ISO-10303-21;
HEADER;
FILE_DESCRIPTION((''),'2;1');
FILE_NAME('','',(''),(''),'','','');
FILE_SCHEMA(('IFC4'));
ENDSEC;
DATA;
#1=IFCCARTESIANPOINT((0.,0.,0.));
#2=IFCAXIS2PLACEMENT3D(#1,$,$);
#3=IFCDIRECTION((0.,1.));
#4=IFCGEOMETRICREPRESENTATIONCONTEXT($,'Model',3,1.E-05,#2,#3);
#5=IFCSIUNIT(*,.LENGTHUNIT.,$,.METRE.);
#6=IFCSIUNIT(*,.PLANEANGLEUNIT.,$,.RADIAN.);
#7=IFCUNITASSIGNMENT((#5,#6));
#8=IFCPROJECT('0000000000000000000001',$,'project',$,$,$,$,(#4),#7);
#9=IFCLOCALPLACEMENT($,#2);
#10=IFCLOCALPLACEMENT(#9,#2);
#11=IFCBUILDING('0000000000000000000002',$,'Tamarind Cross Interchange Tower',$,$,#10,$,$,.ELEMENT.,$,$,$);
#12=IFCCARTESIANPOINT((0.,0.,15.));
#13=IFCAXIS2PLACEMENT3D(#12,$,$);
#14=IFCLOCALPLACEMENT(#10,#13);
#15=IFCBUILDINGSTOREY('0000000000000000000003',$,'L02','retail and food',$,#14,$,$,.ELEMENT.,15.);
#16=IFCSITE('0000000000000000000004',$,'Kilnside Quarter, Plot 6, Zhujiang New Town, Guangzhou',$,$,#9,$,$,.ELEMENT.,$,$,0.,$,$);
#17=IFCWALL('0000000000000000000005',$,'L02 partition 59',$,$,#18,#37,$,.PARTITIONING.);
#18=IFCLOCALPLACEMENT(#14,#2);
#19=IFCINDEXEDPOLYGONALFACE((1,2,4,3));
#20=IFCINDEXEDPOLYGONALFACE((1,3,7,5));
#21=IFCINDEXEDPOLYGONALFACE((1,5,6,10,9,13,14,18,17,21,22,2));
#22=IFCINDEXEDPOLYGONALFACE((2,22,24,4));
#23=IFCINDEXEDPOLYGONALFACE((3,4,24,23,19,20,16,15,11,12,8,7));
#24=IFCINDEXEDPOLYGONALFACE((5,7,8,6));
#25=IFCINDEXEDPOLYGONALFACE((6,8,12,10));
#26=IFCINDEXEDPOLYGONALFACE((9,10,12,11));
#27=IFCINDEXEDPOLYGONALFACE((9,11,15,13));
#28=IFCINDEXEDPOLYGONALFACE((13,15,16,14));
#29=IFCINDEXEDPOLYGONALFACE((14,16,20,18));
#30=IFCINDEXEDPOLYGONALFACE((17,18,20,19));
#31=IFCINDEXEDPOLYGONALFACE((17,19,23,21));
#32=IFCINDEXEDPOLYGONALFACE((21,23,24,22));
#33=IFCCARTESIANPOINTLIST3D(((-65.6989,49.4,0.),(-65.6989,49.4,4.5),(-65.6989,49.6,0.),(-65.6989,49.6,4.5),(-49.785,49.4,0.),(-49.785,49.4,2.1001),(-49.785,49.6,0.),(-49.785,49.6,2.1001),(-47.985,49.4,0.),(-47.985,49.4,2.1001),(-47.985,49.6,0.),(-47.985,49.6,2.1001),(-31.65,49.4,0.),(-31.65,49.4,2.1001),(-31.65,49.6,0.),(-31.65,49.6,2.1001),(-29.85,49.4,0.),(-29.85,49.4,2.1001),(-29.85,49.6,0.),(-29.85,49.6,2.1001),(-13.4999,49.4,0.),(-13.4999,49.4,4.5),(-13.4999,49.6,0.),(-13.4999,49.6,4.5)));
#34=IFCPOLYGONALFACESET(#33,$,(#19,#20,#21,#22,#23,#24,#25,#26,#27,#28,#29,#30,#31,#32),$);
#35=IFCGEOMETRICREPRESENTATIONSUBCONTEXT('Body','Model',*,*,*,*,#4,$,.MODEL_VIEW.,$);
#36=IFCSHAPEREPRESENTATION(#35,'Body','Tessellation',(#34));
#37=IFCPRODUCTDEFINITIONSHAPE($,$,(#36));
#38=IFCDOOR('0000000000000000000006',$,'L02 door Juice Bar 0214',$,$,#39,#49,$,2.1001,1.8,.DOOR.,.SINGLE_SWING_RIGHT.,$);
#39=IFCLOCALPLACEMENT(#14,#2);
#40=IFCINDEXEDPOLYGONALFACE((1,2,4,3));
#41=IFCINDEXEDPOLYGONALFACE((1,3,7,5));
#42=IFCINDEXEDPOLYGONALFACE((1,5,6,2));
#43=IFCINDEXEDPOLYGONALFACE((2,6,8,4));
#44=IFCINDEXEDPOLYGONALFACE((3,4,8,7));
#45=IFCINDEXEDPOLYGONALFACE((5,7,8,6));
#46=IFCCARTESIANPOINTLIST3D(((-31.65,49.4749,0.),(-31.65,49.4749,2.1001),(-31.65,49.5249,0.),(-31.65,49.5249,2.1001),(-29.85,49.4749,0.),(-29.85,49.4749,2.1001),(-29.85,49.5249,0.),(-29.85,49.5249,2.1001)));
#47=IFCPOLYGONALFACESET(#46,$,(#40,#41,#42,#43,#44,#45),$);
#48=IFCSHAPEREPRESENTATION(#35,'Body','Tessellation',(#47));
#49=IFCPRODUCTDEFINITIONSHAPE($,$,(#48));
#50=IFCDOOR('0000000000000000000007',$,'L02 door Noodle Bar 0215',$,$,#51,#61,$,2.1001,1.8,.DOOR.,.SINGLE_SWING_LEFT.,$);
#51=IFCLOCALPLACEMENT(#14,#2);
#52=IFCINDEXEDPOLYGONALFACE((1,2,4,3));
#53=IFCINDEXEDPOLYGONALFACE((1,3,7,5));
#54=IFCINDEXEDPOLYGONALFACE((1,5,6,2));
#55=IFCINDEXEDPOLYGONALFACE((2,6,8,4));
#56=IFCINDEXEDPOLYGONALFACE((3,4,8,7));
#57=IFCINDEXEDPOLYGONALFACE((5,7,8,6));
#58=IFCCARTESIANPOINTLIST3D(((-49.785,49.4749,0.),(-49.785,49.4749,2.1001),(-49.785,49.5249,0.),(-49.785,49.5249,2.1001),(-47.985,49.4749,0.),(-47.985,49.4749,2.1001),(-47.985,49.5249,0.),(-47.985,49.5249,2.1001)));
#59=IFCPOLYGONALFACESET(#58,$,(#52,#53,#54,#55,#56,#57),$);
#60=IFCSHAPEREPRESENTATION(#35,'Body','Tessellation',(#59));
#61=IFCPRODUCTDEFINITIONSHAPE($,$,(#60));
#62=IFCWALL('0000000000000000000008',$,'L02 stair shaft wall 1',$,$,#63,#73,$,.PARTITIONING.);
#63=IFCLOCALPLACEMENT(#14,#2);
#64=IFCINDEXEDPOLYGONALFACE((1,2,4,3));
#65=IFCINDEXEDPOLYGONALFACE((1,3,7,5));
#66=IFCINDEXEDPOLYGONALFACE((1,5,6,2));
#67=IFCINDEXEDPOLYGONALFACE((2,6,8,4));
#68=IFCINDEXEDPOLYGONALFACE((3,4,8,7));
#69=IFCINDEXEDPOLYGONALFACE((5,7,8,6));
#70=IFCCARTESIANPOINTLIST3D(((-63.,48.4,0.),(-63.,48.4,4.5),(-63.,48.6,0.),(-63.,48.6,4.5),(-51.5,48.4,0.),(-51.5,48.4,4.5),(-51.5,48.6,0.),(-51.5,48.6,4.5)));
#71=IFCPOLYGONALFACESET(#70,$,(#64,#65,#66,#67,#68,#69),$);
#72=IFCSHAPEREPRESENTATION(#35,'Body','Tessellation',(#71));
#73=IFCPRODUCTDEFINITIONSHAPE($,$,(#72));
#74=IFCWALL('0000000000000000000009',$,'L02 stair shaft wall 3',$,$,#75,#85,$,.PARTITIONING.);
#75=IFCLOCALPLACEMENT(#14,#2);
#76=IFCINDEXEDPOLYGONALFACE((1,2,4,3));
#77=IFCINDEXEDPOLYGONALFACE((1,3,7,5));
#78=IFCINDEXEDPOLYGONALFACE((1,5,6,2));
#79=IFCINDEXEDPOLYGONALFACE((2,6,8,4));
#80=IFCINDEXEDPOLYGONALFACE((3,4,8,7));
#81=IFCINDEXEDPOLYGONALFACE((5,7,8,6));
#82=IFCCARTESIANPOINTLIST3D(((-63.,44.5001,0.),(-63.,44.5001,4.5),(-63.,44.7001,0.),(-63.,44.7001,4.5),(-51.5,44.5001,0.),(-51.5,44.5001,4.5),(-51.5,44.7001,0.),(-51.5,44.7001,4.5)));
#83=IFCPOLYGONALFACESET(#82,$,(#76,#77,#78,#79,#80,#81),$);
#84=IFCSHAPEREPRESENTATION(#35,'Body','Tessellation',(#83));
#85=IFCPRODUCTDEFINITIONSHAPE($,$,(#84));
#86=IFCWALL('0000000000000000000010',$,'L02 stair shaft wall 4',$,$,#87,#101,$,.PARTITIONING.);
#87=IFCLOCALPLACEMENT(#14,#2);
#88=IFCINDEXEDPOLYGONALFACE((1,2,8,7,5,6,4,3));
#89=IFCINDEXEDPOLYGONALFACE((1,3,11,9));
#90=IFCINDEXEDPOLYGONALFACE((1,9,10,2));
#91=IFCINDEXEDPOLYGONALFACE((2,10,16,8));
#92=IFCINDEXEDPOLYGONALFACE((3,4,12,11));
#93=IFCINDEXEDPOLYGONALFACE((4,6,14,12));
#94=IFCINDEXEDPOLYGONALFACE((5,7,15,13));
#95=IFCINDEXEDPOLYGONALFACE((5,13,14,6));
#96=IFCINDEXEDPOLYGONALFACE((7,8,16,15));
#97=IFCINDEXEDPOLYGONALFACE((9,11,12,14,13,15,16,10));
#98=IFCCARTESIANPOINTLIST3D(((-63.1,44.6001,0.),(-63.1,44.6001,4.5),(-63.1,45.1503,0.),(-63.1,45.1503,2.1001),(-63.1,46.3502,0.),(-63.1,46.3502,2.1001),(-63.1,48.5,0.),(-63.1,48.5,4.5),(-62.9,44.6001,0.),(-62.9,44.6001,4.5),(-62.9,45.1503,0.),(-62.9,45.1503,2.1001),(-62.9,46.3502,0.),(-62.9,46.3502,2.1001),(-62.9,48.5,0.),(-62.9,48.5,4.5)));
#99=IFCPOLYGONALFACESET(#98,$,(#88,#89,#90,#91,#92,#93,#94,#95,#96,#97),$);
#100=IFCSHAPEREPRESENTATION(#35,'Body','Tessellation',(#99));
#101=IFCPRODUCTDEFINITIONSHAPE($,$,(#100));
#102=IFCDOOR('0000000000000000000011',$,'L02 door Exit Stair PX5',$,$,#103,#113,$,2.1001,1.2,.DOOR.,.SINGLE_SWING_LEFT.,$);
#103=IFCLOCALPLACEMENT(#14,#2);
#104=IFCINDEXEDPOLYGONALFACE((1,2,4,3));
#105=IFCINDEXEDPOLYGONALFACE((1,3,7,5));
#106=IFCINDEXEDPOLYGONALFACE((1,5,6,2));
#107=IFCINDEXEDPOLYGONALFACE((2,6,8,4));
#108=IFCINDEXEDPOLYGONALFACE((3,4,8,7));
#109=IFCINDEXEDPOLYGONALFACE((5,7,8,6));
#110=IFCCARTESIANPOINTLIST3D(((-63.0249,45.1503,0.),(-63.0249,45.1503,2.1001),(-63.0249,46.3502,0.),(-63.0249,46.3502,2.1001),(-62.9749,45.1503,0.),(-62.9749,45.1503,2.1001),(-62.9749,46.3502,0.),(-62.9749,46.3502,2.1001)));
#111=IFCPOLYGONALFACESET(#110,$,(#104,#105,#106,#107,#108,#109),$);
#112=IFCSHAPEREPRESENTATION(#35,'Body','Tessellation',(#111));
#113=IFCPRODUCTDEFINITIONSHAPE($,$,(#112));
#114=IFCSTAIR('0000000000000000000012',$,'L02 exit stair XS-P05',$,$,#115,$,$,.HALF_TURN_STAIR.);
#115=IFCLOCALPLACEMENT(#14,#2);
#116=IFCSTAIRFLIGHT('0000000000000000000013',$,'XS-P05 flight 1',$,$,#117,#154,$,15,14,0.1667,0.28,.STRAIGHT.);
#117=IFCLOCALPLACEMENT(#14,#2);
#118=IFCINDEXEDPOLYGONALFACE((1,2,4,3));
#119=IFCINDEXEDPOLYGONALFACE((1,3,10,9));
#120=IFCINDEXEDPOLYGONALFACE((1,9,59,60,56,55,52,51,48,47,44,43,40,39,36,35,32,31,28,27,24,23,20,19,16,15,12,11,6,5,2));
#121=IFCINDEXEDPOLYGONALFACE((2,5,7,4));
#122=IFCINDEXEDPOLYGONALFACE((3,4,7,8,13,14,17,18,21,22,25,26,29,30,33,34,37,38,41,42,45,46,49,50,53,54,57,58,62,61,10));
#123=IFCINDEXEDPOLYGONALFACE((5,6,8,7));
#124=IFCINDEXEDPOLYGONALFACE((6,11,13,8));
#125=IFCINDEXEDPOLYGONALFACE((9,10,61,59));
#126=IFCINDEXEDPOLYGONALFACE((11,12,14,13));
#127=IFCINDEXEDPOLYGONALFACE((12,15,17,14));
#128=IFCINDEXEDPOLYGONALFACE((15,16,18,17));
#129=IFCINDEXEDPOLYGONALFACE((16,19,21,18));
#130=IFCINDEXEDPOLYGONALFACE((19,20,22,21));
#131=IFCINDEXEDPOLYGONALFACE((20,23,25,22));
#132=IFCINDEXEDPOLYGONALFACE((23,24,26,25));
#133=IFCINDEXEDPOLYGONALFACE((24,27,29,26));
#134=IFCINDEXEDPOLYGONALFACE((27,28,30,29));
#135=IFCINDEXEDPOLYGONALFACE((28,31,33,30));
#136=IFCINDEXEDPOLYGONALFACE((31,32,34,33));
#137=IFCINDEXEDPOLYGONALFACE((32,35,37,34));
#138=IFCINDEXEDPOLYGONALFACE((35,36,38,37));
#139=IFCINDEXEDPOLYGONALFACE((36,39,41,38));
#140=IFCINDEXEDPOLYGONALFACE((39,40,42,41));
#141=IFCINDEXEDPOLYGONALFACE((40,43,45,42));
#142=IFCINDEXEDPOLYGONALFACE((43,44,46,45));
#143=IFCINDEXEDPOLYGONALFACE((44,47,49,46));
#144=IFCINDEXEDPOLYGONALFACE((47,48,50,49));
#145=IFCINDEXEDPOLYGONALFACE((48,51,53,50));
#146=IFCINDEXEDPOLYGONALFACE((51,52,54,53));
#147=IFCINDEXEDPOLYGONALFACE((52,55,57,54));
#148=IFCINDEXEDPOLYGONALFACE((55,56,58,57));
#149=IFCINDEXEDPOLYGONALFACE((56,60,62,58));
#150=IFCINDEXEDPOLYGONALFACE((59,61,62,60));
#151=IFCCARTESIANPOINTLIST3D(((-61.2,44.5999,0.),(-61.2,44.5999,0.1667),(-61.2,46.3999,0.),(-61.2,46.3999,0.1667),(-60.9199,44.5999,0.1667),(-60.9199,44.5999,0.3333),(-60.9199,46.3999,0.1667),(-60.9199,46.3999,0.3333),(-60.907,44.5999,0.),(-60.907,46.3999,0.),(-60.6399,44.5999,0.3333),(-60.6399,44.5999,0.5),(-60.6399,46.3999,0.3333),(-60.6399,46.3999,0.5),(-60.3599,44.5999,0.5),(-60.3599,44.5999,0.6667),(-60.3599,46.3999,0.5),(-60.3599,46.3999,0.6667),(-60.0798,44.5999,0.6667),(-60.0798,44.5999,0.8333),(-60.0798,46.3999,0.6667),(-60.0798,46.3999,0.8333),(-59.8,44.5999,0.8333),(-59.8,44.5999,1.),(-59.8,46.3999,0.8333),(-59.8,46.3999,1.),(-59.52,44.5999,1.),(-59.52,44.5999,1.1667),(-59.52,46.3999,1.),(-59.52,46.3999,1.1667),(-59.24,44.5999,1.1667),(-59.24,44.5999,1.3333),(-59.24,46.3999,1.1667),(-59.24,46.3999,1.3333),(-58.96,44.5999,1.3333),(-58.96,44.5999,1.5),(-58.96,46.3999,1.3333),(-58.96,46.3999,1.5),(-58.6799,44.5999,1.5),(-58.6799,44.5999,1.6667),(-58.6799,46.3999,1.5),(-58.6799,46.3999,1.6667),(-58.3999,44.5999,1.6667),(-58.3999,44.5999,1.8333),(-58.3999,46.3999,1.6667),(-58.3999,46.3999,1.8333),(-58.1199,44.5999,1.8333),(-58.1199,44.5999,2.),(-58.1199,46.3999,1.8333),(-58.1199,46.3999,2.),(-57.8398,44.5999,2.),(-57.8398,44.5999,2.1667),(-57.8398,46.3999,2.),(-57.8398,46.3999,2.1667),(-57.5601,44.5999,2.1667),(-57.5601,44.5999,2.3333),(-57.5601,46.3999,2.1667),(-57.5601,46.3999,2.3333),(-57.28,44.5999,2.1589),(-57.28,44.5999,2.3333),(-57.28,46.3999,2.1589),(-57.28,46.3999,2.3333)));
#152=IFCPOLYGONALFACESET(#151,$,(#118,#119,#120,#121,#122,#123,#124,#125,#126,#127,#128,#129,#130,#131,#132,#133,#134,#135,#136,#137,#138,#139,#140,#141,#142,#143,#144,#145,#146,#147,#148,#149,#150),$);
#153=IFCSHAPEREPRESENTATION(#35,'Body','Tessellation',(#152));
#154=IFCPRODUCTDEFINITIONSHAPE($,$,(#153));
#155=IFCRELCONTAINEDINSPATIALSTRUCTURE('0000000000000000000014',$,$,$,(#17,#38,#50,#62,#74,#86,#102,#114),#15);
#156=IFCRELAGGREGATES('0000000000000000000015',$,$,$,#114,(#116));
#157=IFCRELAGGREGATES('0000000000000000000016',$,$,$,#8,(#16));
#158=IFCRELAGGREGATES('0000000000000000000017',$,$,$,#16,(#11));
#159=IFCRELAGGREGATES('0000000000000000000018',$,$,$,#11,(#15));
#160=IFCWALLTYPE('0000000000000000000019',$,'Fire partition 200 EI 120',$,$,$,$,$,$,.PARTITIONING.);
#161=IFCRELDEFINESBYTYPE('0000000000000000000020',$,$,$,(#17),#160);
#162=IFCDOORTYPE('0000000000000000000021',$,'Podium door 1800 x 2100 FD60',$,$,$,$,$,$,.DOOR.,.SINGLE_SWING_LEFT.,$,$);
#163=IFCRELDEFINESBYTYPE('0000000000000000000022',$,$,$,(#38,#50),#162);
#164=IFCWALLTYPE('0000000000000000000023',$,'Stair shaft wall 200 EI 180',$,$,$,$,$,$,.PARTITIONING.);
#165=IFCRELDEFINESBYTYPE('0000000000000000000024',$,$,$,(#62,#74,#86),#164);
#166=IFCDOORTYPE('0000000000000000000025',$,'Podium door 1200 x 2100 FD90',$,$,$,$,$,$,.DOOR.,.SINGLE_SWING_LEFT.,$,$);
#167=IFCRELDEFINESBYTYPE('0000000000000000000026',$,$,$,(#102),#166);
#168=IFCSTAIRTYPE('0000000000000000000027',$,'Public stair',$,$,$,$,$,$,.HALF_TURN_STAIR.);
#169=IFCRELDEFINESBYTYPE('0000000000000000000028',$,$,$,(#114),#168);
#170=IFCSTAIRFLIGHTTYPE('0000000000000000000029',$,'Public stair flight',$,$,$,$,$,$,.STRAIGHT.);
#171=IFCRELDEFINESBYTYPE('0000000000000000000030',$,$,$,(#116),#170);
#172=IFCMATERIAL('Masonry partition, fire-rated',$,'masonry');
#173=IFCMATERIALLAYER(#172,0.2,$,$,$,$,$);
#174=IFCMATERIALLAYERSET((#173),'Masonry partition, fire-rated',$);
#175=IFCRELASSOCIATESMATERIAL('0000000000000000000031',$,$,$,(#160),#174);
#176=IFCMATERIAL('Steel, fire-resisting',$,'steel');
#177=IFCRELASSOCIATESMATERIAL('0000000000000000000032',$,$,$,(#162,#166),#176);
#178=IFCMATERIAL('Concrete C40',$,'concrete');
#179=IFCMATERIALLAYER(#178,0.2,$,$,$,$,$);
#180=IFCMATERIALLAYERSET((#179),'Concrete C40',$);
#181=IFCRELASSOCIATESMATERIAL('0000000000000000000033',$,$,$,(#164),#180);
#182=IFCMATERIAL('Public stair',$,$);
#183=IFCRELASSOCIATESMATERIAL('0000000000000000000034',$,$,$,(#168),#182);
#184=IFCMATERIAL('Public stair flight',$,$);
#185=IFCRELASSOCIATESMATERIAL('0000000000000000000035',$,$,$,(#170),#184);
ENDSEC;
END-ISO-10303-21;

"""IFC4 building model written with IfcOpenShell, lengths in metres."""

from ifc_helpers import new_model, si_unit, direction, frame, frame_2d, origin, place, context, subcontext, project, spatial, polyline, rectangle, outline, extrude, material, layer, layer_set, type_object, element, fill, aggregate, save


model = new_model("IFC4")

# Units and contexts
model_context = context("Model", 3, precision=1e-05, world=origin(), true_north=direction((0.0, 1.0)))
body_context = subcontext(model_context, "Body", "Model", "MODEL_VIEW")
ifc_project = project(units=[si_unit("LENGTHUNIT", "METRE"), si_unit("PLANEANGLEUNIT", "RADIAN")], contexts=[model_context])

# Site, building, storey
site_placement = place(None, origin())
site = spatial("IfcSite", under=ifc_project, at=site_placement, Name="Kilnside Quarter, Plot 6, Zhujiang New Town, Guangzhou", CompositionType="ELEMENT", RefElevation=0.0)
building_placement = place(site_placement, origin())
building = spatial("IfcBuilding", under=site, at=building_placement, Name="Tamarind Cross Interchange Tower", CompositionType="ELEMENT")
storey_placement = place(building_placement, frame((0.0, 0.0, 15.0)))
storey = spatial("IfcBuildingStorey", under=building, at=storey_placement, Name="L02", Description="retail and food", CompositionType="ELEMENT", Elevation=15.0)

# Shared definitions
ifc_material_1 = material(Name="Masonry partition, fire-rated", Category="masonry")
ifc_layer_1 = layer(ifc_material_1, 0.2)
ifc_layer_set_1 = layer_set([ifc_layer_1], Name="Masonry partition, fire-rated")
wall_type_1 = type_object("IfcWallType", Name="Fire partition 200 EI 120", PredefinedType="PARTITIONING", material=ifc_layer_set_1)

# Shared definitions
ifc_material_2 = material(Name="Steel, fire-resisting", Category="steel")
door_type_1 = type_object("IfcDoorType", Name="Podium door 1800 x 2100 FD60", OperationType="SINGLE_SWING_LEFT", PredefinedType="DOOR", material=ifc_material_2)

# Wall, openings, doors
wall_1_placement = place(storey_placement, frame((-65.699, 49.5, 0.0), z_axis=(0.0, 0.0, 1.0), x_axis=(1.0, 0.0, 0.0)))
wall_1 = element("IfcWall", 1, at=wall_1_placement, inside=storey, type_object=wall_type_1, Name="L02 partition 59", PredefinedType="PARTITIONING", context=body_context, shape_type="SweptSolid", body=[
    extrude(rectangle(XDim=52.199, YDim=0.2, at=frame_2d((26.0996, 0.0))), origin(), (0.0, 0.0, 1.0), 4.5),
])
opening_1_placement = place(wall_1_placement, frame((34.0491, 0.0, 0.0)))
opening_1 = element("IfcOpeningElement", 2, at=opening_1_placement, cuts=wall_1, PredefinedType="OPENING", context=body_context, shape_type="SweptSolid", body=[
    extrude(rectangle(XDim=1.8, YDim=2.1001, at=frame_2d((0.8999, 1.05))), frame((0.0, 0.1099, 0.0), z_axis=(0.0, -1.0, 0.0), x_axis=(1.0, 0.0, 0.0)), (0.0, 0.0, 1.0), 0.22),
])
opening_2_placement = place(wall_1_placement, frame((15.9141, 0.0, 0.0)))
opening_2 = element("IfcOpeningElement", 3, at=opening_2_placement, cuts=wall_1, PredefinedType="OPENING", context=body_context, shape_type="SweptSolid", body=[
    extrude(rectangle(XDim=1.8, YDim=2.1001, at=frame_2d((0.8999, 1.05))), frame((0.0, 0.1099, 0.0), z_axis=(0.0, -1.0, 0.0), x_axis=(1.0, 0.0, 0.0)), (0.0, 0.0, 1.0), 0.22),
])
door_1_placement = place(opening_1_placement, origin())
door_1 = element("IfcDoor", 4, at=door_1_placement, inside=storey, type_object=door_type_1, Name="L02 door Juice Bar 0214", OperationType="SINGLE_SWING_RIGHT", OverallHeight=2.1001, OverallWidth=1.8, PredefinedType="DOOR", context=body_context, shape_type="SweptSolid", body=[
    extrude(rectangle(XDim=1.8, YDim=2.1001, at=frame_2d((0.8999, 1.05))), frame((0.0, 0.0249, 0.0), z_axis=(0.0, -1.0, 0.0), x_axis=(1.0, 0.0, 0.0)), (0.0, 0.0, 1.0), 0.05),
])
fill(opening_1, door_1)
door_2_placement = place(opening_2_placement, origin())
door_2 = element("IfcDoor", 5, at=door_2_placement, inside=storey, type_object=door_type_1, Name="L02 door Noodle Bar 0215", OperationType="SINGLE_SWING_LEFT", OverallHeight=2.1001, OverallWidth=1.8, PredefinedType="DOOR", context=body_context, shape_type="SweptSolid", body=[
    extrude(rectangle(XDim=1.8, YDim=2.1001, at=frame_2d((0.8999, 1.05))), frame((0.0, 0.0249, 0.0), z_axis=(0.0, -1.0, 0.0), x_axis=(1.0, 0.0, 0.0)), (0.0, 0.0, 1.0), 0.05),
])
fill(opening_2, door_2)

# Walls
ifc_material_3 = material(Name="Concrete C40", Category="concrete")
ifc_layer_2 = layer(ifc_material_3, 0.2)
ifc_layer_set_2 = layer_set([ifc_layer_2], Name="Concrete C40")
wall_type_2 = type_object("IfcWallType", Name="Stair shaft wall 200 EI 180", PredefinedType="PARTITIONING", material=ifc_layer_set_2)
for number, where, z_axis, x_axis, name in (
    (6, (-63.0, 48.5, 0.0), (0.0, 0.0, 1.0), (1.0, 0.0, 0.0), "L02 stair shaft wall 1"),
    (7, (-63.0, 44.6001, 0.0), (0.0, 0.0, 1.0), (1.0, 0.0, 0.0), "L02 stair shaft wall 3"),
):
    element("IfcWall", number, at=place(storey_placement, frame(where, z_axis=z_axis, x_axis=x_axis)), inside=storey, type_object=wall_type_2, Name=name, PredefinedType="PARTITIONING", context=body_context, shape_type="SweptSolid", body=[
        extrude(rectangle(XDim=11.5, YDim=0.2, at=frame_2d((5.75, 0.0))), origin(), (0.0, 0.0, 1.0), 4.5),
    ])

# Wall, opening, door
wall_2_placement = place(storey_placement, frame((-63.0, 44.6001, 0.0), z_axis=(0.0, 0.0, 1.0), x_axis=(0.0, 1.0, 0.0)))
wall_2 = element("IfcWall", 8, at=wall_2_placement, inside=storey, type_object=wall_type_2, Name="L02 stair shaft wall 4", PredefinedType="PARTITIONING", context=body_context, shape_type="SweptSolid", body=[
    extrude(rectangle(XDim=3.8999, YDim=0.2, at=frame_2d((1.95, 0.0))), origin(), (0.0, 0.0, 1.0), 4.5),
])
opening_3_placement = place(wall_2_placement, frame((0.55, 0.0, 0.0)))
opening_3 = element("IfcOpeningElement", 9, at=opening_3_placement, cuts=wall_2, PredefinedType="OPENING", context=body_context, shape_type="SweptSolid", body=[
    extrude(rectangle(XDim=1.2, YDim=2.1001, at=frame_2d((0.6001, 1.05))), frame((0.0, 0.1099, 0.0), z_axis=(0.0, -1.0, 0.0), x_axis=(1.0, 0.0, 0.0)), (0.0, 0.0, 1.0), 0.22),
])
door_type_2 = type_object("IfcDoorType", Name="Podium door 1200 x 2100 FD90", OperationType="SINGLE_SWING_LEFT", PredefinedType="DOOR", material=ifc_material_2)
door_3_placement = place(opening_3_placement, origin())
door_3 = element("IfcDoor", 10, at=door_3_placement, inside=storey, type_object=door_type_2, Name="L02 door Exit Stair PX5", OperationType="SINGLE_SWING_LEFT", OverallHeight=2.1001, OverallWidth=1.2, PredefinedType="DOOR", context=body_context, shape_type="SweptSolid", body=[
    extrude(rectangle(XDim=1.2, YDim=2.1001, at=frame_2d((0.6001, 1.05))), frame((0.0, 0.0249, 0.0), z_axis=(0.0, -1.0, 0.0), x_axis=(1.0, 0.0, 0.0)), (0.0, 0.0, 1.0), 0.05),
])
fill(opening_3, door_3)

# Stair, stair flight
ifc_material_4 = material(Name="Public stair")
stair_type = type_object("IfcStairType", Name="Public stair", PredefinedType="HALF_TURN_STAIR", material=ifc_material_4)
stair_placement = place(storey_placement, origin())
stair = element("IfcStair", 11, at=stair_placement, inside=storey, type_object=stair_type, Name="L02 exit stair XS-P05", PredefinedType="HALF_TURN_STAIR")
ifc_material_5 = material(Name="Public stair flight")
stair_flight_type = type_object("IfcStairFlightType", Name="Public stair flight", PredefinedType="STRAIGHT", material=ifc_material_5)
stair_flight_1_placement = place(storey_placement, frame((-61.2, 45.5, 0.0), z_axis=(0.0, 0.0, 1.0), x_axis=(1.0, 0.0, 0.0)))
stair_flight_1 = element("IfcStairFlight", 12, at=stair_flight_1_placement, type_object=stair_flight_type, Name="XS-P05 flight 1", NumberOfRisers=15, NumberOfTreads=14, PredefinedType="STRAIGHT", RiserHeight=0.1667, TreadLength=0.28, context=body_context, shape_type="SweptSolid", body=[
    extrude(outline(polyline([(0.0, 0.0), (0.0, 0.1667), (0.28, 0.1667), (0.28, 0.3333), (0.5601, 0.3333), (0.5601, 0.5), (0.8401, 0.5), (0.8401, 0.6667), (1.1201, 0.6667), (1.1201, 0.8333), (1.3999, 0.8333), (1.3999, 1.0), (1.6799, 1.0), (1.6799, 1.1667), (1.96, 1.1667), (1.96, 1.3333), (2.24, 1.3333), (2.24, 1.5), (2.52, 1.5), (2.52, 1.6667), (2.8, 1.6667), (2.8, 1.8333), (3.0801, 1.8333), (3.0801, 2.0), (3.3601, 2.0), (3.3601, 2.1667), (3.6399, 2.1667), (3.6399, 2.3333), (3.9199, 2.3333), (3.9199, 2.5), (3.9199, 2.1589), (0.293, 0.0), (0.0, 0.0)])), frame((0.0, 0.8999, 0.0), z_axis=(0.0, -1.0, 0.0), x_axis=(1.0, 0.0, 0.0)), (0.0, 0.0, 1.0), 1.8),
])
aggregate(stair, [stair_flight_1])

save(model, "model.ifc")
